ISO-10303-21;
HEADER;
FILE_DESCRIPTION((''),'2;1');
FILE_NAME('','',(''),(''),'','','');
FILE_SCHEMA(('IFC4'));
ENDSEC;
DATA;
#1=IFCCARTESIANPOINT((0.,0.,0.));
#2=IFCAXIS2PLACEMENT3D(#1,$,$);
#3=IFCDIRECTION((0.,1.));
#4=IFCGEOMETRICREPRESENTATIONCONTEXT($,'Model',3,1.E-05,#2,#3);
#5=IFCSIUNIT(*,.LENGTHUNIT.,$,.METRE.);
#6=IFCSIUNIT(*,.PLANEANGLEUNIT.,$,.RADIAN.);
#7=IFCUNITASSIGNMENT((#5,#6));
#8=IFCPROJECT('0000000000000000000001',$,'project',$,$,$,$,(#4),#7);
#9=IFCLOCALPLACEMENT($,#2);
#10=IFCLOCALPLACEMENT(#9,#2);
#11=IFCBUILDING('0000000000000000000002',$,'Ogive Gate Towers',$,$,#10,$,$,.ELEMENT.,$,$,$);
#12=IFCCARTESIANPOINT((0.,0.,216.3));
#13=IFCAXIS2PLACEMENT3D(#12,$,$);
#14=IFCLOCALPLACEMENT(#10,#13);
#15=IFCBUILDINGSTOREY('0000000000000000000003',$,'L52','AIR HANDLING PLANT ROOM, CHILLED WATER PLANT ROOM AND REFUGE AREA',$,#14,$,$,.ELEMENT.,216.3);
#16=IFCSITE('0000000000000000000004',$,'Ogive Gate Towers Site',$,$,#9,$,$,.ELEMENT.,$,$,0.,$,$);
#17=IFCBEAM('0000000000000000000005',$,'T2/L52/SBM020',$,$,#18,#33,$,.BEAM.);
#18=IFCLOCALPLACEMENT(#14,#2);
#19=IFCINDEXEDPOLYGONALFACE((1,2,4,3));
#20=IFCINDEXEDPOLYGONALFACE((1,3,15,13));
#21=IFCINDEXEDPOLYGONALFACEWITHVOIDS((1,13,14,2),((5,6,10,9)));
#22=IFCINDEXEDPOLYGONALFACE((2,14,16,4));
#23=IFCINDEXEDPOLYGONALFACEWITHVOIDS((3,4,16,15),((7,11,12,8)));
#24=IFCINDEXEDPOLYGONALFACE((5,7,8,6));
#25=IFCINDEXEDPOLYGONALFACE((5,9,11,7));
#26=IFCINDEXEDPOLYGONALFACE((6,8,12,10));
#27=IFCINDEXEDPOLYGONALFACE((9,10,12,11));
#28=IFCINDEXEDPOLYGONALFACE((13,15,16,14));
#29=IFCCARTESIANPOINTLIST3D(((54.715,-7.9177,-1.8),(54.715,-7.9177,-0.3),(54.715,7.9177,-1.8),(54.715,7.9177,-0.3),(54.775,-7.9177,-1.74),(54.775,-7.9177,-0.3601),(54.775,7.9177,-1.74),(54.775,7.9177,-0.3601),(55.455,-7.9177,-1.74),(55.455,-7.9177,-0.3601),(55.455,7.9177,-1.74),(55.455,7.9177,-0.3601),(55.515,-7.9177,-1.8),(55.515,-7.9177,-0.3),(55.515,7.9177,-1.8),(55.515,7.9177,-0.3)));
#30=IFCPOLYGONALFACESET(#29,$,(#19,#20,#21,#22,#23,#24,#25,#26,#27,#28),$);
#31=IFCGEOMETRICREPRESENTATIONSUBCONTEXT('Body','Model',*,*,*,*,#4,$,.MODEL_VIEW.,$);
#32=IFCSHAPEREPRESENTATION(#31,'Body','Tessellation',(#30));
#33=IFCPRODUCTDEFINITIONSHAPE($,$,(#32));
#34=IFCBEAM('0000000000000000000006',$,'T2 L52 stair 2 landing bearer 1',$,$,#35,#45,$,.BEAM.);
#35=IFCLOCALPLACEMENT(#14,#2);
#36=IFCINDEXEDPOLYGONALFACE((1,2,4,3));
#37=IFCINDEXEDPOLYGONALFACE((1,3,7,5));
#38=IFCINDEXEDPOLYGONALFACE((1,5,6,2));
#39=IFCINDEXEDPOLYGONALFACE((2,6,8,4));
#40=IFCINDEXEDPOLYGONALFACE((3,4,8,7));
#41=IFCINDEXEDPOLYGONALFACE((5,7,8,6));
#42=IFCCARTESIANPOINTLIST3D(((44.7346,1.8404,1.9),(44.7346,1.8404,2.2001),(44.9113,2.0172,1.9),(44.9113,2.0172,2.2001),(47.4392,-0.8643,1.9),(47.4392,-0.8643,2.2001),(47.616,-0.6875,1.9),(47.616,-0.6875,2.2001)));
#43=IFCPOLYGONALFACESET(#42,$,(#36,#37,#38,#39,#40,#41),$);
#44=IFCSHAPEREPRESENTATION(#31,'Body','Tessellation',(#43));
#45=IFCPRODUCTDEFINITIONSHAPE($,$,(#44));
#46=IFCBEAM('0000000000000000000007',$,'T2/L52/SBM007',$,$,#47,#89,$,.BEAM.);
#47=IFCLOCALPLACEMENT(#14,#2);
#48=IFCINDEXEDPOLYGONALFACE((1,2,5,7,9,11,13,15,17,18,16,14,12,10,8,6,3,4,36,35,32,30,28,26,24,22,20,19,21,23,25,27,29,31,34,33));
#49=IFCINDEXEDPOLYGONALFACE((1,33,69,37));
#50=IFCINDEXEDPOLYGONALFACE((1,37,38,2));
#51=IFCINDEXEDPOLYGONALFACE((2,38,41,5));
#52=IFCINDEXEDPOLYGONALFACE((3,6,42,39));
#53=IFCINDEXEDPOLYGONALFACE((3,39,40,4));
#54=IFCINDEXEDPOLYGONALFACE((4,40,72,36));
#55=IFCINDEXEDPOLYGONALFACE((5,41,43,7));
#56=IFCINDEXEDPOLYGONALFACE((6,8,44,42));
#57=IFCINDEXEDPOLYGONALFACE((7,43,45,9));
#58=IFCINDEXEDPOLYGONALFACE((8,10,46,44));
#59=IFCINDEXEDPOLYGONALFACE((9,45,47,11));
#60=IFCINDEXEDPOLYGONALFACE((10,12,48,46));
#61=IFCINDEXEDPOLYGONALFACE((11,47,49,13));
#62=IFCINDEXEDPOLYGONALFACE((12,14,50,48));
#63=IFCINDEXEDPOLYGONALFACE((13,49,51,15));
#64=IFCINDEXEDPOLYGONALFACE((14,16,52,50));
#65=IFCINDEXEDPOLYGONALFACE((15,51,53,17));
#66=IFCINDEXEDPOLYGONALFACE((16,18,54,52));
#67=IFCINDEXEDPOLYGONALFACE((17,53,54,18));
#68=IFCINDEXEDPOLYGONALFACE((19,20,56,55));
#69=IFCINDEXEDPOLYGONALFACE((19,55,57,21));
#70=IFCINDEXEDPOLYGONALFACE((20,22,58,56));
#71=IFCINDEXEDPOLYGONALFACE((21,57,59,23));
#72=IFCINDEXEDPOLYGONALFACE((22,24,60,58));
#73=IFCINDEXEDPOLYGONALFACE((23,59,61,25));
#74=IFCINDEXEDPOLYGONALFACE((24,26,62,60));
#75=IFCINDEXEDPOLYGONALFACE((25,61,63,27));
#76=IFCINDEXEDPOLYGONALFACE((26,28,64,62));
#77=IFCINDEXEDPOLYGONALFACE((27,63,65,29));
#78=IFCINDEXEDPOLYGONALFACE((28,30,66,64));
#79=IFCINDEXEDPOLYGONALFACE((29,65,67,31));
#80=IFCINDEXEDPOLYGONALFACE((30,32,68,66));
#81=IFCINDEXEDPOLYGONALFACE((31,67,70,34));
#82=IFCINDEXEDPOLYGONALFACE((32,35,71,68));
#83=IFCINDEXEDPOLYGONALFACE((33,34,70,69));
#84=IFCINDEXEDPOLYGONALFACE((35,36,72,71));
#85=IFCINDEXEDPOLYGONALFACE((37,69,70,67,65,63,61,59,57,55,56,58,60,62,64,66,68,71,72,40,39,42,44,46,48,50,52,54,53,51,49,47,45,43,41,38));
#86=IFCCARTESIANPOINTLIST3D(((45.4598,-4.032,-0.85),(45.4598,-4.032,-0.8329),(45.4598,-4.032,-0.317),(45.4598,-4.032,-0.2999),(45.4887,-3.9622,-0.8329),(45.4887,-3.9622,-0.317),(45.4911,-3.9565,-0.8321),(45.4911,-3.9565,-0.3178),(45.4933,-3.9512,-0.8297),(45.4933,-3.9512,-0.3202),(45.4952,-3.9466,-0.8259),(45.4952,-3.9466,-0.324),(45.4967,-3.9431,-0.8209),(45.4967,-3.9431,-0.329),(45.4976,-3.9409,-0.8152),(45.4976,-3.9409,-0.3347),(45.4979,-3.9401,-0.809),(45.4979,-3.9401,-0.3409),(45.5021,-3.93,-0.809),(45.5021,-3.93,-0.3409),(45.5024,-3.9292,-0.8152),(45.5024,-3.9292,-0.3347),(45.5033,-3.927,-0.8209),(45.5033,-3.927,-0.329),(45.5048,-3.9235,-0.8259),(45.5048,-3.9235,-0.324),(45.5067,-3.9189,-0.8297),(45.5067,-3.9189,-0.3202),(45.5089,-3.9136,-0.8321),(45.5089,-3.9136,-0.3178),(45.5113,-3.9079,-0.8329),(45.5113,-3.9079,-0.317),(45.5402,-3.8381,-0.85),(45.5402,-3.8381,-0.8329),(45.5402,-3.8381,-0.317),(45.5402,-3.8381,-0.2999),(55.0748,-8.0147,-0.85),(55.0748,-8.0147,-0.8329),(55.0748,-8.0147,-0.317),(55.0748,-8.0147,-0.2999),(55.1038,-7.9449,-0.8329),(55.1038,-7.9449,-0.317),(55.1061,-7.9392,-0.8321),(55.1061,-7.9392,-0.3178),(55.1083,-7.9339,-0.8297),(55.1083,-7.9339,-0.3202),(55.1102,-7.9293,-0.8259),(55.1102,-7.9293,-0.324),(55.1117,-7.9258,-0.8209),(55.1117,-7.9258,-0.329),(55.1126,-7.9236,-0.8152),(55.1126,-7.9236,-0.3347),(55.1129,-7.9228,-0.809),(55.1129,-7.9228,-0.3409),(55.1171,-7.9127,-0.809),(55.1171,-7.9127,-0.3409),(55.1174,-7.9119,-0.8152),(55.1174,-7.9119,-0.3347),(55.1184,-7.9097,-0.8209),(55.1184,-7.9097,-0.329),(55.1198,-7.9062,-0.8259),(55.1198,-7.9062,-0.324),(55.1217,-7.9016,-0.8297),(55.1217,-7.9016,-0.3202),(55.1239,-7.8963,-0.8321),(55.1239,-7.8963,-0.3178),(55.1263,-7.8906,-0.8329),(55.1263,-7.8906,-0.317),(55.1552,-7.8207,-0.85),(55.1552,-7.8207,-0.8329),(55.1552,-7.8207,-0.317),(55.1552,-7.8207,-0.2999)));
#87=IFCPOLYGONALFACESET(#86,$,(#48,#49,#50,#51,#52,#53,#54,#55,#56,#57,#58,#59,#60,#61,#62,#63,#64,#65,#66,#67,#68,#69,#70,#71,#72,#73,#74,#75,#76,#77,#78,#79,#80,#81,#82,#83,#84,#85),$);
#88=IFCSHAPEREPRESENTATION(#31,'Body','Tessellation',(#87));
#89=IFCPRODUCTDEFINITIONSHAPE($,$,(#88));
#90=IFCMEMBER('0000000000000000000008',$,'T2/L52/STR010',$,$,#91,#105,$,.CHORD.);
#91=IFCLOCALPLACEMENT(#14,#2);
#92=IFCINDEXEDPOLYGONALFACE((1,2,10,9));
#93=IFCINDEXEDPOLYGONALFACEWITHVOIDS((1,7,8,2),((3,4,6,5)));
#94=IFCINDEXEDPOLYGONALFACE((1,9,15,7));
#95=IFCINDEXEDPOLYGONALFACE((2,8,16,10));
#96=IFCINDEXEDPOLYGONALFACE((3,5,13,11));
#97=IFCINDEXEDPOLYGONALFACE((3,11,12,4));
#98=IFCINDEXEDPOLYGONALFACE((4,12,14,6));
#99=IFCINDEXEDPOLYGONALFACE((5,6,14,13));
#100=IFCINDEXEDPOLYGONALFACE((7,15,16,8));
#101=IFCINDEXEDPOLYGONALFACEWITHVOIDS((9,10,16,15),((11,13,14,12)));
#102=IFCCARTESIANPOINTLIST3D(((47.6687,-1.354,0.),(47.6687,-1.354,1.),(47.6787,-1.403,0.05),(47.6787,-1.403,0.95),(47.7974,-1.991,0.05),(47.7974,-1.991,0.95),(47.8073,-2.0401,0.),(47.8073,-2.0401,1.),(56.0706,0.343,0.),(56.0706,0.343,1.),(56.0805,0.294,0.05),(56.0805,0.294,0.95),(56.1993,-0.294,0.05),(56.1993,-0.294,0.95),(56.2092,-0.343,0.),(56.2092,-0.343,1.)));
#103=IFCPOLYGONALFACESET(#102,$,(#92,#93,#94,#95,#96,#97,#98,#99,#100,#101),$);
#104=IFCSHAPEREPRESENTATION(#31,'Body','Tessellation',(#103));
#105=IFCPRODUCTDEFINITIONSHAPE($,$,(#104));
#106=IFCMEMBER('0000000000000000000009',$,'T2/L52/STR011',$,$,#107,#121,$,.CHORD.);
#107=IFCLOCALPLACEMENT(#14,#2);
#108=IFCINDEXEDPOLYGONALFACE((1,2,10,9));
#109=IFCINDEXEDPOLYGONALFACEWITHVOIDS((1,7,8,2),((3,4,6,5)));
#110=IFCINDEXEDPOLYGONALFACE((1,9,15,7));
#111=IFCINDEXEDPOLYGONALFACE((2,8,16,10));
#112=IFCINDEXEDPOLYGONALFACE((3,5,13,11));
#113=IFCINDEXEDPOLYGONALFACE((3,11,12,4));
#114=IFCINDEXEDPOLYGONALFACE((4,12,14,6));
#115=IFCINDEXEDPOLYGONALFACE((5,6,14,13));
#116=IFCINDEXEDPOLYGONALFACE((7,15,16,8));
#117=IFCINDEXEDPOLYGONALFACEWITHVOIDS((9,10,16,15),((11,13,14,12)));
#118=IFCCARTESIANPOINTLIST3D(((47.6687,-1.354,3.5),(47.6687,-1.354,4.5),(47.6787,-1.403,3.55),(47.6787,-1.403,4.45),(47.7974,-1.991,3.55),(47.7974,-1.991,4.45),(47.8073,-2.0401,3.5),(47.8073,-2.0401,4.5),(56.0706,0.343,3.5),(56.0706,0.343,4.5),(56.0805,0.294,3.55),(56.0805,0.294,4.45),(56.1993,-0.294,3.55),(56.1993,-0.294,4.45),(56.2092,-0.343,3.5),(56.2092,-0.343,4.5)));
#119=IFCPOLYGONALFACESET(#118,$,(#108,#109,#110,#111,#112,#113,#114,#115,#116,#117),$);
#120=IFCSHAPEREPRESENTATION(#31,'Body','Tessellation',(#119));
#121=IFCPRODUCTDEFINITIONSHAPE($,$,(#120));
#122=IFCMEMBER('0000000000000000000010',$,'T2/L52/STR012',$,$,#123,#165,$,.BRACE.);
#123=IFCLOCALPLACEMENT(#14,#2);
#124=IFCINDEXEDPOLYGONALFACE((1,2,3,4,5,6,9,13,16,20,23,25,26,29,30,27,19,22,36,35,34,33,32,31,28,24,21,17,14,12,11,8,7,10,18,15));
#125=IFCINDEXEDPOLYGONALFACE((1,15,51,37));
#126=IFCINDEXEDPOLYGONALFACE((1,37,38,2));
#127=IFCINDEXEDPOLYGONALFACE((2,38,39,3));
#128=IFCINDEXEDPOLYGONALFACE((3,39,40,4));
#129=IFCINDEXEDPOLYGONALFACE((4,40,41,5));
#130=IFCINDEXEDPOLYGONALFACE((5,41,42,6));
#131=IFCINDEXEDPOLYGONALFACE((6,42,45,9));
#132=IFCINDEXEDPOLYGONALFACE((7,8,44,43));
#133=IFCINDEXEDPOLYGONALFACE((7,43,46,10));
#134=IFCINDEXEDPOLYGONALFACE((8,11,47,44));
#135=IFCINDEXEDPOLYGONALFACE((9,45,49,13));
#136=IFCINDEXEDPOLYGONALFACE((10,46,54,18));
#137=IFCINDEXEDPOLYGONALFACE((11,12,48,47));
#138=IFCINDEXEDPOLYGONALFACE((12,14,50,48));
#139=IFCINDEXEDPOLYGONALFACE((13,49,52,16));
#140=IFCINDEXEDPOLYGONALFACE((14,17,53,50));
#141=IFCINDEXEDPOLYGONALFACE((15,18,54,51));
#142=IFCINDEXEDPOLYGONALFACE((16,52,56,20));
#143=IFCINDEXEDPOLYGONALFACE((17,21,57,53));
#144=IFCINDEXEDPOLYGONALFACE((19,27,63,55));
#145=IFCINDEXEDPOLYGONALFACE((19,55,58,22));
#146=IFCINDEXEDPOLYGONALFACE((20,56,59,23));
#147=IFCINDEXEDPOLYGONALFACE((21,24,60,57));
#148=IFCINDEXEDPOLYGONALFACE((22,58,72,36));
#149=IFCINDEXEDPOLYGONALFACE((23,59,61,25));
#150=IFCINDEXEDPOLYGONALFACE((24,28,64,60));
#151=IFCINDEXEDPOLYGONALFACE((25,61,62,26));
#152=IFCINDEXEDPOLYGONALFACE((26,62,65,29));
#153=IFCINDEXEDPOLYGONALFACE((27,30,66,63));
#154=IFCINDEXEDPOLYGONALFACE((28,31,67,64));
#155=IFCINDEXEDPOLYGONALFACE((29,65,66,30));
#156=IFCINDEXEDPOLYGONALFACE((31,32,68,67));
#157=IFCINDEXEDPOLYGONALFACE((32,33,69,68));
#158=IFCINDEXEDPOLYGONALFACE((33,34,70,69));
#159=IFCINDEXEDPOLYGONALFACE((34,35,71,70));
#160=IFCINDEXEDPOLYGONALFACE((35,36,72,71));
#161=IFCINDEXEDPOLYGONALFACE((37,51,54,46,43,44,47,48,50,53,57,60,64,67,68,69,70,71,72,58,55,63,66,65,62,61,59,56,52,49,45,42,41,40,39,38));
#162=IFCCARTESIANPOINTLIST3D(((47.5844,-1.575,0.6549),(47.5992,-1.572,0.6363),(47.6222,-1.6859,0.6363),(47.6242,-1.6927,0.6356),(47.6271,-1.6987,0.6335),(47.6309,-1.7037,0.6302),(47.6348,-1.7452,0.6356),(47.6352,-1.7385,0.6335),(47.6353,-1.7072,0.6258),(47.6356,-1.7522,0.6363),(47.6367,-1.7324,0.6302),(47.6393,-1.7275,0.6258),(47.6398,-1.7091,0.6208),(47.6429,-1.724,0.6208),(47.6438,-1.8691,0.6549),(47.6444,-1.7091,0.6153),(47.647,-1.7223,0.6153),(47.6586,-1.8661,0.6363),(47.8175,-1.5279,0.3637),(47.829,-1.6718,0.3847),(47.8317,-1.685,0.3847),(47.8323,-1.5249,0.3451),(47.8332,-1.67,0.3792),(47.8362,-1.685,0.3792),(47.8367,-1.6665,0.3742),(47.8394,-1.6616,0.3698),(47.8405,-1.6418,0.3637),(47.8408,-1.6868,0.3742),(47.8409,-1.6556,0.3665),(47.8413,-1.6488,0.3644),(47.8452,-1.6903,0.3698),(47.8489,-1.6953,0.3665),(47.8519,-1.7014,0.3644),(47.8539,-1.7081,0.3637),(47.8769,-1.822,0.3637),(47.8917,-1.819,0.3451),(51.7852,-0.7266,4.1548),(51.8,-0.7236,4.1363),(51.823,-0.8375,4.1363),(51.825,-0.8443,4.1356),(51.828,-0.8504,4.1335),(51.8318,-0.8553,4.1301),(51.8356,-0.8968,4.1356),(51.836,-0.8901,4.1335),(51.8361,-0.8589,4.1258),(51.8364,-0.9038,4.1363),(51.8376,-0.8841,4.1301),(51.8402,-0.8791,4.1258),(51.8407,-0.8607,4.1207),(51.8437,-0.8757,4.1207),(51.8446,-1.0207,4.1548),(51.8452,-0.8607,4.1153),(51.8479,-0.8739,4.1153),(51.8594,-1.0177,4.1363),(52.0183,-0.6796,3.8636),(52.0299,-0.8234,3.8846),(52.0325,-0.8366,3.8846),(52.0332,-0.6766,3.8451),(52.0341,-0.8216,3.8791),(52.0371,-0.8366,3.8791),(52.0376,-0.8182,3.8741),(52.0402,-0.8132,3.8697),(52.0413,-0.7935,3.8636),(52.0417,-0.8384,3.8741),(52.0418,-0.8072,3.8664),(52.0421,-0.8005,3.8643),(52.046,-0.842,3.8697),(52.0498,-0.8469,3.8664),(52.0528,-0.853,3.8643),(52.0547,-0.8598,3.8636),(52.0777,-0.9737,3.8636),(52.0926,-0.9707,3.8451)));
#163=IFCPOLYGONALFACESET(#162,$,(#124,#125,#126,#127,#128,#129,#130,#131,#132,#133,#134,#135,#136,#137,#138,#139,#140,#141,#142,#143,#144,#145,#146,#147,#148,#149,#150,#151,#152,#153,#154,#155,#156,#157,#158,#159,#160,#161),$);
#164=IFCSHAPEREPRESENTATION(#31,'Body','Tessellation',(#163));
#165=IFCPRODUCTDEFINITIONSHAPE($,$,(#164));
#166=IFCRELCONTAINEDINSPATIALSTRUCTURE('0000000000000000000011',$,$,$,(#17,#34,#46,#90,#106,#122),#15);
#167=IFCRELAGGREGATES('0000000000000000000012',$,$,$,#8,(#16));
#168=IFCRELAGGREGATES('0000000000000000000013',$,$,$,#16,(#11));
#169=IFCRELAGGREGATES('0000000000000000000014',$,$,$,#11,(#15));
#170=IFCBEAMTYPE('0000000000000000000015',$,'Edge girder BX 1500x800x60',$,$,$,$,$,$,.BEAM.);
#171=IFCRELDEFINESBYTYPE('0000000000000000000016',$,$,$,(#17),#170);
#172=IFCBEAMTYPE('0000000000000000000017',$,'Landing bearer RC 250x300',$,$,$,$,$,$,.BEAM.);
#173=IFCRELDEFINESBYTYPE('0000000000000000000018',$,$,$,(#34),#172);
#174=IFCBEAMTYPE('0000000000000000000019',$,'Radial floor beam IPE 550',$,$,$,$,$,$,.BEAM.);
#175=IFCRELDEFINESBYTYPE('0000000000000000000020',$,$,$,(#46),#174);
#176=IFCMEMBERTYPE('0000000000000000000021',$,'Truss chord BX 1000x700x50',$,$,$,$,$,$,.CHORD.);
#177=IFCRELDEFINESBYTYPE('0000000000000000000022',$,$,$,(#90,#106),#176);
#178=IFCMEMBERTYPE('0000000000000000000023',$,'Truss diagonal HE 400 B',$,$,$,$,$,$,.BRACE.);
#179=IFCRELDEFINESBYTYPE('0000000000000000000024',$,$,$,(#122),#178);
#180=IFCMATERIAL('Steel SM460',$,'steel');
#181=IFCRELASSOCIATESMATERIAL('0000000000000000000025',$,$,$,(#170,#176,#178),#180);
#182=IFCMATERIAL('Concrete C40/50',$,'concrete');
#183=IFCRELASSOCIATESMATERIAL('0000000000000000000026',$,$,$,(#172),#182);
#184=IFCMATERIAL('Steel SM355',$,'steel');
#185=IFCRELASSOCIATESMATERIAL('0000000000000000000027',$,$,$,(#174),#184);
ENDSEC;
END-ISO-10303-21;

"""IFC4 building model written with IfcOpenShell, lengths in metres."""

from ifc_helpers import new_model, si_unit, direction, frame, origin, origin_2d, place, context, subcontext, project, spatial, rectangle, hollow_rectangle, i_section, extrude, material, material_profile, profile_set, type_object, element, save


model = new_model("IFC4")

# Units and contexts
model_context = context("Model", 3, precision=1e-05, world=origin(), true_north=direction((0.0, 1.0)))
body_context = subcontext(model_context, "Body", "Model", "MODEL_VIEW")
ifc_project = project(units=[si_unit("LENGTHUNIT", "METRE"), si_unit("PLANEANGLEUNIT", "RADIAN")], contexts=[model_context])

# Site, building, storey
site_placement = place(None, origin())
site = spatial("IfcSite", under=ifc_project, at=site_placement, Name="Ogive Gate Towers Site", CompositionType="ELEMENT", RefElevation=0.0)
building_placement = place(site_placement, origin())
building = spatial("IfcBuilding", under=site, at=building_placement, Name="Ogive Gate Towers", CompositionType="ELEMENT")
storey_placement = place(building_placement, frame((0.0, 0.0, 216.3)))
storey = spatial("IfcBuildingStorey", under=building, at=storey_placement, Name="L52", Description="AIR HANDLING PLANT ROOM, CHILLED WATER PLANT ROOM AND REFUGE AREA", CompositionType="ELEMENT", Elevation=216.3)

# Beams
ifc_material_1 = material(Name="Steel SM460", Category="steel")
ifc_material_profile_1 = material_profile(ifc_material_1, hollow_rectangle(XDim=0.8, YDim=1.5, WallThickness=0.0601, at=origin_2d()), Name="BX 1500x800x60")
ifc_profile_set_1 = profile_set([ifc_material_profile_1], Name="Steel SM460")
beam_type_1 = type_object("IfcBeamType", Name="Edge girder BX 1500x800x60", PredefinedType="BEAM", material=ifc_profile_set_1)
beam_1_placement = place(storey_placement, frame((55.115, -7.9177, -1.05), z_axis=(0.0, 1.0, 0.0), x_axis=(-1.0, 0.0, 0.0)))
element("IfcBeam", 1, at=beam_1_placement, inside=storey, type_object=beam_type_1, Name="T2/L52/SBM020", PredefinedType="BEAM", context=body_context, shape_type="SweptSolid", body=[
    extrude(hollow_rectangle(XDim=0.8, YDim=1.5, WallThickness=0.0601, at=origin_2d()), origin(), (0.0, 0.0, 1.0), 15.8354),
])
ifc_material_2 = material(Name="Concrete C40/50", Category="concrete")
ifc_material_profile_2 = material_profile(ifc_material_2, rectangle(XDim=0.25, YDim=0.3, at=origin_2d()), Name="RC 250x300")
ifc_profile_set_2 = profile_set([ifc_material_profile_2], Name="Concrete C40/50")
beam_type_2 = type_object("IfcBeamType", Name="Landing bearer RC 250x300", PredefinedType="BEAM", material=ifc_profile_set_2)
beam_2_placement = place(storey_placement, frame((47.5276, -0.7759, 2.05), z_axis=(-0.707107, 0.707107, 0.0), x_axis=(-0.707107, -0.707107, 0.0)))
element("IfcBeam", 2, at=beam_2_placement, inside=storey, type_object=beam_type_2, Name="T2 L52 stair 2 landing bearer 1", PredefinedType="BEAM", context=body_context, shape_type="SweptSolid", body=[
    extrude(rectangle(XDim=0.25, YDim=0.3, at=origin_2d()), origin(), (0.0, 0.0, 1.0), 3.825),
])
ifc_material_3 = material(Name="Steel SM355", Category="steel")
ifc_material_profile_3 = material_profile(ifc_material_3, i_section(OverallWidth=0.21, OverallDepth=0.55, WebThickness=0.011, FlangeThickness=0.0171, FilletRadius=0.0239, at=origin_2d()), Name="IPE 550")
ifc_profile_set_3 = profile_set([ifc_material_profile_3], Name="Steel SM355")
beam_type_3 = type_object("IfcBeamType", Name="Radial floor beam IPE 550", PredefinedType="BEAM", material=ifc_profile_set_3)
beam_3_placement = place(storey_placement, frame((45.5, -3.9351, -0.575), z_axis=(0.923879, -0.382684, 0.0), x_axis=(0.382684, 0.923879, 0.0)))
element("IfcBeam", 3, at=beam_3_placement, inside=storey, type_object=beam_type_3, Name="T2/L52/SBM007", PredefinedType="BEAM", context=body_context, shape_type="SweptSolid", body=[
    extrude(i_section(OverallWidth=0.21, OverallDepth=0.55, WebThickness=0.011, FlangeThickness=0.0171, FilletRadius=0.0239, at=origin_2d()), origin(), (0.0, 0.0, 1.0), 10.4072),
])

# Members
ifc_material_profile_4 = material_profile(ifc_material_1, hollow_rectangle(XDim=0.7, YDim=1.0, WallThickness=0.05, at=origin_2d()), Name="BX 1000x700x50")
ifc_profile_set_4 = profile_set([ifc_material_profile_4], Name="Steel SM460")
member_type_1 = type_object("IfcMemberType", Name="Truss chord BX 1000x700x50", PredefinedType="CHORD", material=ifc_profile_set_4)
for number, where, z_axis, x_axis, name in (
    (4, (47.738, -1.697, 0.5), (0.980205, 0.197984, 0.0), (-0.197984, 0.980205, 0.0), "T2/L52/STR010"),
    (5, (47.738, -1.697, 4.0), (0.980205, 0.197984, 0.0), (-0.197984, 0.980205, 0.0), "T2/L52/STR011"),
):
    element("IfcMember", number, at=place(storey_placement, frame(where, z_axis=z_axis, x_axis=x_axis)), inside=storey, type_object=member_type_1, Name=name, PredefinedType="CHORD", context=body_context, shape_type="SweptSolid", body=[
        extrude(hollow_rectangle(XDim=0.7, YDim=1.0, WallThickness=0.05, at=origin_2d()), origin(), (0.0, 0.0, 1.0), 8.5715),
    ])
ifc_material_profile_5 = material_profile(ifc_material_1, i_section(OverallWidth=0.3, OverallDepth=0.3999, WebThickness=0.0134, FlangeThickness=0.0239, FilletRadius=0.0271, at=origin_2d()), Name="HE 400 B")
ifc_profile_set_5 = profile_set([ifc_material_profile_5], Name="Steel SM460")
member_type_2 = type_object("IfcMemberType", Name="Truss diagonal HE 400 B", PredefinedType="BRACE", material=ifc_profile_set_5)
member_1_placement = place(storey_placement, frame((47.738, -1.697, 0.5), z_axis=(0.759207, 0.153324, 0.632532), x_axis=(-0.197956, 0.980211, 0.0)))
element("IfcMember", 6, at=member_1_placement, inside=storey, type_object=member_type_2, Name="T2/L52/STR012", PredefinedType="BRACE", context=body_context, shape_type="SweptSolid", body=[
    extrude(i_section(OverallWidth=0.3, OverallDepth=0.3999, WebThickness=0.0134, FlangeThickness=0.0239, FilletRadius=0.0271, at=origin_2d()), origin(), (0.0, 0.0, 1.0), 5.5332),
])

save(model, "model.ifc")
